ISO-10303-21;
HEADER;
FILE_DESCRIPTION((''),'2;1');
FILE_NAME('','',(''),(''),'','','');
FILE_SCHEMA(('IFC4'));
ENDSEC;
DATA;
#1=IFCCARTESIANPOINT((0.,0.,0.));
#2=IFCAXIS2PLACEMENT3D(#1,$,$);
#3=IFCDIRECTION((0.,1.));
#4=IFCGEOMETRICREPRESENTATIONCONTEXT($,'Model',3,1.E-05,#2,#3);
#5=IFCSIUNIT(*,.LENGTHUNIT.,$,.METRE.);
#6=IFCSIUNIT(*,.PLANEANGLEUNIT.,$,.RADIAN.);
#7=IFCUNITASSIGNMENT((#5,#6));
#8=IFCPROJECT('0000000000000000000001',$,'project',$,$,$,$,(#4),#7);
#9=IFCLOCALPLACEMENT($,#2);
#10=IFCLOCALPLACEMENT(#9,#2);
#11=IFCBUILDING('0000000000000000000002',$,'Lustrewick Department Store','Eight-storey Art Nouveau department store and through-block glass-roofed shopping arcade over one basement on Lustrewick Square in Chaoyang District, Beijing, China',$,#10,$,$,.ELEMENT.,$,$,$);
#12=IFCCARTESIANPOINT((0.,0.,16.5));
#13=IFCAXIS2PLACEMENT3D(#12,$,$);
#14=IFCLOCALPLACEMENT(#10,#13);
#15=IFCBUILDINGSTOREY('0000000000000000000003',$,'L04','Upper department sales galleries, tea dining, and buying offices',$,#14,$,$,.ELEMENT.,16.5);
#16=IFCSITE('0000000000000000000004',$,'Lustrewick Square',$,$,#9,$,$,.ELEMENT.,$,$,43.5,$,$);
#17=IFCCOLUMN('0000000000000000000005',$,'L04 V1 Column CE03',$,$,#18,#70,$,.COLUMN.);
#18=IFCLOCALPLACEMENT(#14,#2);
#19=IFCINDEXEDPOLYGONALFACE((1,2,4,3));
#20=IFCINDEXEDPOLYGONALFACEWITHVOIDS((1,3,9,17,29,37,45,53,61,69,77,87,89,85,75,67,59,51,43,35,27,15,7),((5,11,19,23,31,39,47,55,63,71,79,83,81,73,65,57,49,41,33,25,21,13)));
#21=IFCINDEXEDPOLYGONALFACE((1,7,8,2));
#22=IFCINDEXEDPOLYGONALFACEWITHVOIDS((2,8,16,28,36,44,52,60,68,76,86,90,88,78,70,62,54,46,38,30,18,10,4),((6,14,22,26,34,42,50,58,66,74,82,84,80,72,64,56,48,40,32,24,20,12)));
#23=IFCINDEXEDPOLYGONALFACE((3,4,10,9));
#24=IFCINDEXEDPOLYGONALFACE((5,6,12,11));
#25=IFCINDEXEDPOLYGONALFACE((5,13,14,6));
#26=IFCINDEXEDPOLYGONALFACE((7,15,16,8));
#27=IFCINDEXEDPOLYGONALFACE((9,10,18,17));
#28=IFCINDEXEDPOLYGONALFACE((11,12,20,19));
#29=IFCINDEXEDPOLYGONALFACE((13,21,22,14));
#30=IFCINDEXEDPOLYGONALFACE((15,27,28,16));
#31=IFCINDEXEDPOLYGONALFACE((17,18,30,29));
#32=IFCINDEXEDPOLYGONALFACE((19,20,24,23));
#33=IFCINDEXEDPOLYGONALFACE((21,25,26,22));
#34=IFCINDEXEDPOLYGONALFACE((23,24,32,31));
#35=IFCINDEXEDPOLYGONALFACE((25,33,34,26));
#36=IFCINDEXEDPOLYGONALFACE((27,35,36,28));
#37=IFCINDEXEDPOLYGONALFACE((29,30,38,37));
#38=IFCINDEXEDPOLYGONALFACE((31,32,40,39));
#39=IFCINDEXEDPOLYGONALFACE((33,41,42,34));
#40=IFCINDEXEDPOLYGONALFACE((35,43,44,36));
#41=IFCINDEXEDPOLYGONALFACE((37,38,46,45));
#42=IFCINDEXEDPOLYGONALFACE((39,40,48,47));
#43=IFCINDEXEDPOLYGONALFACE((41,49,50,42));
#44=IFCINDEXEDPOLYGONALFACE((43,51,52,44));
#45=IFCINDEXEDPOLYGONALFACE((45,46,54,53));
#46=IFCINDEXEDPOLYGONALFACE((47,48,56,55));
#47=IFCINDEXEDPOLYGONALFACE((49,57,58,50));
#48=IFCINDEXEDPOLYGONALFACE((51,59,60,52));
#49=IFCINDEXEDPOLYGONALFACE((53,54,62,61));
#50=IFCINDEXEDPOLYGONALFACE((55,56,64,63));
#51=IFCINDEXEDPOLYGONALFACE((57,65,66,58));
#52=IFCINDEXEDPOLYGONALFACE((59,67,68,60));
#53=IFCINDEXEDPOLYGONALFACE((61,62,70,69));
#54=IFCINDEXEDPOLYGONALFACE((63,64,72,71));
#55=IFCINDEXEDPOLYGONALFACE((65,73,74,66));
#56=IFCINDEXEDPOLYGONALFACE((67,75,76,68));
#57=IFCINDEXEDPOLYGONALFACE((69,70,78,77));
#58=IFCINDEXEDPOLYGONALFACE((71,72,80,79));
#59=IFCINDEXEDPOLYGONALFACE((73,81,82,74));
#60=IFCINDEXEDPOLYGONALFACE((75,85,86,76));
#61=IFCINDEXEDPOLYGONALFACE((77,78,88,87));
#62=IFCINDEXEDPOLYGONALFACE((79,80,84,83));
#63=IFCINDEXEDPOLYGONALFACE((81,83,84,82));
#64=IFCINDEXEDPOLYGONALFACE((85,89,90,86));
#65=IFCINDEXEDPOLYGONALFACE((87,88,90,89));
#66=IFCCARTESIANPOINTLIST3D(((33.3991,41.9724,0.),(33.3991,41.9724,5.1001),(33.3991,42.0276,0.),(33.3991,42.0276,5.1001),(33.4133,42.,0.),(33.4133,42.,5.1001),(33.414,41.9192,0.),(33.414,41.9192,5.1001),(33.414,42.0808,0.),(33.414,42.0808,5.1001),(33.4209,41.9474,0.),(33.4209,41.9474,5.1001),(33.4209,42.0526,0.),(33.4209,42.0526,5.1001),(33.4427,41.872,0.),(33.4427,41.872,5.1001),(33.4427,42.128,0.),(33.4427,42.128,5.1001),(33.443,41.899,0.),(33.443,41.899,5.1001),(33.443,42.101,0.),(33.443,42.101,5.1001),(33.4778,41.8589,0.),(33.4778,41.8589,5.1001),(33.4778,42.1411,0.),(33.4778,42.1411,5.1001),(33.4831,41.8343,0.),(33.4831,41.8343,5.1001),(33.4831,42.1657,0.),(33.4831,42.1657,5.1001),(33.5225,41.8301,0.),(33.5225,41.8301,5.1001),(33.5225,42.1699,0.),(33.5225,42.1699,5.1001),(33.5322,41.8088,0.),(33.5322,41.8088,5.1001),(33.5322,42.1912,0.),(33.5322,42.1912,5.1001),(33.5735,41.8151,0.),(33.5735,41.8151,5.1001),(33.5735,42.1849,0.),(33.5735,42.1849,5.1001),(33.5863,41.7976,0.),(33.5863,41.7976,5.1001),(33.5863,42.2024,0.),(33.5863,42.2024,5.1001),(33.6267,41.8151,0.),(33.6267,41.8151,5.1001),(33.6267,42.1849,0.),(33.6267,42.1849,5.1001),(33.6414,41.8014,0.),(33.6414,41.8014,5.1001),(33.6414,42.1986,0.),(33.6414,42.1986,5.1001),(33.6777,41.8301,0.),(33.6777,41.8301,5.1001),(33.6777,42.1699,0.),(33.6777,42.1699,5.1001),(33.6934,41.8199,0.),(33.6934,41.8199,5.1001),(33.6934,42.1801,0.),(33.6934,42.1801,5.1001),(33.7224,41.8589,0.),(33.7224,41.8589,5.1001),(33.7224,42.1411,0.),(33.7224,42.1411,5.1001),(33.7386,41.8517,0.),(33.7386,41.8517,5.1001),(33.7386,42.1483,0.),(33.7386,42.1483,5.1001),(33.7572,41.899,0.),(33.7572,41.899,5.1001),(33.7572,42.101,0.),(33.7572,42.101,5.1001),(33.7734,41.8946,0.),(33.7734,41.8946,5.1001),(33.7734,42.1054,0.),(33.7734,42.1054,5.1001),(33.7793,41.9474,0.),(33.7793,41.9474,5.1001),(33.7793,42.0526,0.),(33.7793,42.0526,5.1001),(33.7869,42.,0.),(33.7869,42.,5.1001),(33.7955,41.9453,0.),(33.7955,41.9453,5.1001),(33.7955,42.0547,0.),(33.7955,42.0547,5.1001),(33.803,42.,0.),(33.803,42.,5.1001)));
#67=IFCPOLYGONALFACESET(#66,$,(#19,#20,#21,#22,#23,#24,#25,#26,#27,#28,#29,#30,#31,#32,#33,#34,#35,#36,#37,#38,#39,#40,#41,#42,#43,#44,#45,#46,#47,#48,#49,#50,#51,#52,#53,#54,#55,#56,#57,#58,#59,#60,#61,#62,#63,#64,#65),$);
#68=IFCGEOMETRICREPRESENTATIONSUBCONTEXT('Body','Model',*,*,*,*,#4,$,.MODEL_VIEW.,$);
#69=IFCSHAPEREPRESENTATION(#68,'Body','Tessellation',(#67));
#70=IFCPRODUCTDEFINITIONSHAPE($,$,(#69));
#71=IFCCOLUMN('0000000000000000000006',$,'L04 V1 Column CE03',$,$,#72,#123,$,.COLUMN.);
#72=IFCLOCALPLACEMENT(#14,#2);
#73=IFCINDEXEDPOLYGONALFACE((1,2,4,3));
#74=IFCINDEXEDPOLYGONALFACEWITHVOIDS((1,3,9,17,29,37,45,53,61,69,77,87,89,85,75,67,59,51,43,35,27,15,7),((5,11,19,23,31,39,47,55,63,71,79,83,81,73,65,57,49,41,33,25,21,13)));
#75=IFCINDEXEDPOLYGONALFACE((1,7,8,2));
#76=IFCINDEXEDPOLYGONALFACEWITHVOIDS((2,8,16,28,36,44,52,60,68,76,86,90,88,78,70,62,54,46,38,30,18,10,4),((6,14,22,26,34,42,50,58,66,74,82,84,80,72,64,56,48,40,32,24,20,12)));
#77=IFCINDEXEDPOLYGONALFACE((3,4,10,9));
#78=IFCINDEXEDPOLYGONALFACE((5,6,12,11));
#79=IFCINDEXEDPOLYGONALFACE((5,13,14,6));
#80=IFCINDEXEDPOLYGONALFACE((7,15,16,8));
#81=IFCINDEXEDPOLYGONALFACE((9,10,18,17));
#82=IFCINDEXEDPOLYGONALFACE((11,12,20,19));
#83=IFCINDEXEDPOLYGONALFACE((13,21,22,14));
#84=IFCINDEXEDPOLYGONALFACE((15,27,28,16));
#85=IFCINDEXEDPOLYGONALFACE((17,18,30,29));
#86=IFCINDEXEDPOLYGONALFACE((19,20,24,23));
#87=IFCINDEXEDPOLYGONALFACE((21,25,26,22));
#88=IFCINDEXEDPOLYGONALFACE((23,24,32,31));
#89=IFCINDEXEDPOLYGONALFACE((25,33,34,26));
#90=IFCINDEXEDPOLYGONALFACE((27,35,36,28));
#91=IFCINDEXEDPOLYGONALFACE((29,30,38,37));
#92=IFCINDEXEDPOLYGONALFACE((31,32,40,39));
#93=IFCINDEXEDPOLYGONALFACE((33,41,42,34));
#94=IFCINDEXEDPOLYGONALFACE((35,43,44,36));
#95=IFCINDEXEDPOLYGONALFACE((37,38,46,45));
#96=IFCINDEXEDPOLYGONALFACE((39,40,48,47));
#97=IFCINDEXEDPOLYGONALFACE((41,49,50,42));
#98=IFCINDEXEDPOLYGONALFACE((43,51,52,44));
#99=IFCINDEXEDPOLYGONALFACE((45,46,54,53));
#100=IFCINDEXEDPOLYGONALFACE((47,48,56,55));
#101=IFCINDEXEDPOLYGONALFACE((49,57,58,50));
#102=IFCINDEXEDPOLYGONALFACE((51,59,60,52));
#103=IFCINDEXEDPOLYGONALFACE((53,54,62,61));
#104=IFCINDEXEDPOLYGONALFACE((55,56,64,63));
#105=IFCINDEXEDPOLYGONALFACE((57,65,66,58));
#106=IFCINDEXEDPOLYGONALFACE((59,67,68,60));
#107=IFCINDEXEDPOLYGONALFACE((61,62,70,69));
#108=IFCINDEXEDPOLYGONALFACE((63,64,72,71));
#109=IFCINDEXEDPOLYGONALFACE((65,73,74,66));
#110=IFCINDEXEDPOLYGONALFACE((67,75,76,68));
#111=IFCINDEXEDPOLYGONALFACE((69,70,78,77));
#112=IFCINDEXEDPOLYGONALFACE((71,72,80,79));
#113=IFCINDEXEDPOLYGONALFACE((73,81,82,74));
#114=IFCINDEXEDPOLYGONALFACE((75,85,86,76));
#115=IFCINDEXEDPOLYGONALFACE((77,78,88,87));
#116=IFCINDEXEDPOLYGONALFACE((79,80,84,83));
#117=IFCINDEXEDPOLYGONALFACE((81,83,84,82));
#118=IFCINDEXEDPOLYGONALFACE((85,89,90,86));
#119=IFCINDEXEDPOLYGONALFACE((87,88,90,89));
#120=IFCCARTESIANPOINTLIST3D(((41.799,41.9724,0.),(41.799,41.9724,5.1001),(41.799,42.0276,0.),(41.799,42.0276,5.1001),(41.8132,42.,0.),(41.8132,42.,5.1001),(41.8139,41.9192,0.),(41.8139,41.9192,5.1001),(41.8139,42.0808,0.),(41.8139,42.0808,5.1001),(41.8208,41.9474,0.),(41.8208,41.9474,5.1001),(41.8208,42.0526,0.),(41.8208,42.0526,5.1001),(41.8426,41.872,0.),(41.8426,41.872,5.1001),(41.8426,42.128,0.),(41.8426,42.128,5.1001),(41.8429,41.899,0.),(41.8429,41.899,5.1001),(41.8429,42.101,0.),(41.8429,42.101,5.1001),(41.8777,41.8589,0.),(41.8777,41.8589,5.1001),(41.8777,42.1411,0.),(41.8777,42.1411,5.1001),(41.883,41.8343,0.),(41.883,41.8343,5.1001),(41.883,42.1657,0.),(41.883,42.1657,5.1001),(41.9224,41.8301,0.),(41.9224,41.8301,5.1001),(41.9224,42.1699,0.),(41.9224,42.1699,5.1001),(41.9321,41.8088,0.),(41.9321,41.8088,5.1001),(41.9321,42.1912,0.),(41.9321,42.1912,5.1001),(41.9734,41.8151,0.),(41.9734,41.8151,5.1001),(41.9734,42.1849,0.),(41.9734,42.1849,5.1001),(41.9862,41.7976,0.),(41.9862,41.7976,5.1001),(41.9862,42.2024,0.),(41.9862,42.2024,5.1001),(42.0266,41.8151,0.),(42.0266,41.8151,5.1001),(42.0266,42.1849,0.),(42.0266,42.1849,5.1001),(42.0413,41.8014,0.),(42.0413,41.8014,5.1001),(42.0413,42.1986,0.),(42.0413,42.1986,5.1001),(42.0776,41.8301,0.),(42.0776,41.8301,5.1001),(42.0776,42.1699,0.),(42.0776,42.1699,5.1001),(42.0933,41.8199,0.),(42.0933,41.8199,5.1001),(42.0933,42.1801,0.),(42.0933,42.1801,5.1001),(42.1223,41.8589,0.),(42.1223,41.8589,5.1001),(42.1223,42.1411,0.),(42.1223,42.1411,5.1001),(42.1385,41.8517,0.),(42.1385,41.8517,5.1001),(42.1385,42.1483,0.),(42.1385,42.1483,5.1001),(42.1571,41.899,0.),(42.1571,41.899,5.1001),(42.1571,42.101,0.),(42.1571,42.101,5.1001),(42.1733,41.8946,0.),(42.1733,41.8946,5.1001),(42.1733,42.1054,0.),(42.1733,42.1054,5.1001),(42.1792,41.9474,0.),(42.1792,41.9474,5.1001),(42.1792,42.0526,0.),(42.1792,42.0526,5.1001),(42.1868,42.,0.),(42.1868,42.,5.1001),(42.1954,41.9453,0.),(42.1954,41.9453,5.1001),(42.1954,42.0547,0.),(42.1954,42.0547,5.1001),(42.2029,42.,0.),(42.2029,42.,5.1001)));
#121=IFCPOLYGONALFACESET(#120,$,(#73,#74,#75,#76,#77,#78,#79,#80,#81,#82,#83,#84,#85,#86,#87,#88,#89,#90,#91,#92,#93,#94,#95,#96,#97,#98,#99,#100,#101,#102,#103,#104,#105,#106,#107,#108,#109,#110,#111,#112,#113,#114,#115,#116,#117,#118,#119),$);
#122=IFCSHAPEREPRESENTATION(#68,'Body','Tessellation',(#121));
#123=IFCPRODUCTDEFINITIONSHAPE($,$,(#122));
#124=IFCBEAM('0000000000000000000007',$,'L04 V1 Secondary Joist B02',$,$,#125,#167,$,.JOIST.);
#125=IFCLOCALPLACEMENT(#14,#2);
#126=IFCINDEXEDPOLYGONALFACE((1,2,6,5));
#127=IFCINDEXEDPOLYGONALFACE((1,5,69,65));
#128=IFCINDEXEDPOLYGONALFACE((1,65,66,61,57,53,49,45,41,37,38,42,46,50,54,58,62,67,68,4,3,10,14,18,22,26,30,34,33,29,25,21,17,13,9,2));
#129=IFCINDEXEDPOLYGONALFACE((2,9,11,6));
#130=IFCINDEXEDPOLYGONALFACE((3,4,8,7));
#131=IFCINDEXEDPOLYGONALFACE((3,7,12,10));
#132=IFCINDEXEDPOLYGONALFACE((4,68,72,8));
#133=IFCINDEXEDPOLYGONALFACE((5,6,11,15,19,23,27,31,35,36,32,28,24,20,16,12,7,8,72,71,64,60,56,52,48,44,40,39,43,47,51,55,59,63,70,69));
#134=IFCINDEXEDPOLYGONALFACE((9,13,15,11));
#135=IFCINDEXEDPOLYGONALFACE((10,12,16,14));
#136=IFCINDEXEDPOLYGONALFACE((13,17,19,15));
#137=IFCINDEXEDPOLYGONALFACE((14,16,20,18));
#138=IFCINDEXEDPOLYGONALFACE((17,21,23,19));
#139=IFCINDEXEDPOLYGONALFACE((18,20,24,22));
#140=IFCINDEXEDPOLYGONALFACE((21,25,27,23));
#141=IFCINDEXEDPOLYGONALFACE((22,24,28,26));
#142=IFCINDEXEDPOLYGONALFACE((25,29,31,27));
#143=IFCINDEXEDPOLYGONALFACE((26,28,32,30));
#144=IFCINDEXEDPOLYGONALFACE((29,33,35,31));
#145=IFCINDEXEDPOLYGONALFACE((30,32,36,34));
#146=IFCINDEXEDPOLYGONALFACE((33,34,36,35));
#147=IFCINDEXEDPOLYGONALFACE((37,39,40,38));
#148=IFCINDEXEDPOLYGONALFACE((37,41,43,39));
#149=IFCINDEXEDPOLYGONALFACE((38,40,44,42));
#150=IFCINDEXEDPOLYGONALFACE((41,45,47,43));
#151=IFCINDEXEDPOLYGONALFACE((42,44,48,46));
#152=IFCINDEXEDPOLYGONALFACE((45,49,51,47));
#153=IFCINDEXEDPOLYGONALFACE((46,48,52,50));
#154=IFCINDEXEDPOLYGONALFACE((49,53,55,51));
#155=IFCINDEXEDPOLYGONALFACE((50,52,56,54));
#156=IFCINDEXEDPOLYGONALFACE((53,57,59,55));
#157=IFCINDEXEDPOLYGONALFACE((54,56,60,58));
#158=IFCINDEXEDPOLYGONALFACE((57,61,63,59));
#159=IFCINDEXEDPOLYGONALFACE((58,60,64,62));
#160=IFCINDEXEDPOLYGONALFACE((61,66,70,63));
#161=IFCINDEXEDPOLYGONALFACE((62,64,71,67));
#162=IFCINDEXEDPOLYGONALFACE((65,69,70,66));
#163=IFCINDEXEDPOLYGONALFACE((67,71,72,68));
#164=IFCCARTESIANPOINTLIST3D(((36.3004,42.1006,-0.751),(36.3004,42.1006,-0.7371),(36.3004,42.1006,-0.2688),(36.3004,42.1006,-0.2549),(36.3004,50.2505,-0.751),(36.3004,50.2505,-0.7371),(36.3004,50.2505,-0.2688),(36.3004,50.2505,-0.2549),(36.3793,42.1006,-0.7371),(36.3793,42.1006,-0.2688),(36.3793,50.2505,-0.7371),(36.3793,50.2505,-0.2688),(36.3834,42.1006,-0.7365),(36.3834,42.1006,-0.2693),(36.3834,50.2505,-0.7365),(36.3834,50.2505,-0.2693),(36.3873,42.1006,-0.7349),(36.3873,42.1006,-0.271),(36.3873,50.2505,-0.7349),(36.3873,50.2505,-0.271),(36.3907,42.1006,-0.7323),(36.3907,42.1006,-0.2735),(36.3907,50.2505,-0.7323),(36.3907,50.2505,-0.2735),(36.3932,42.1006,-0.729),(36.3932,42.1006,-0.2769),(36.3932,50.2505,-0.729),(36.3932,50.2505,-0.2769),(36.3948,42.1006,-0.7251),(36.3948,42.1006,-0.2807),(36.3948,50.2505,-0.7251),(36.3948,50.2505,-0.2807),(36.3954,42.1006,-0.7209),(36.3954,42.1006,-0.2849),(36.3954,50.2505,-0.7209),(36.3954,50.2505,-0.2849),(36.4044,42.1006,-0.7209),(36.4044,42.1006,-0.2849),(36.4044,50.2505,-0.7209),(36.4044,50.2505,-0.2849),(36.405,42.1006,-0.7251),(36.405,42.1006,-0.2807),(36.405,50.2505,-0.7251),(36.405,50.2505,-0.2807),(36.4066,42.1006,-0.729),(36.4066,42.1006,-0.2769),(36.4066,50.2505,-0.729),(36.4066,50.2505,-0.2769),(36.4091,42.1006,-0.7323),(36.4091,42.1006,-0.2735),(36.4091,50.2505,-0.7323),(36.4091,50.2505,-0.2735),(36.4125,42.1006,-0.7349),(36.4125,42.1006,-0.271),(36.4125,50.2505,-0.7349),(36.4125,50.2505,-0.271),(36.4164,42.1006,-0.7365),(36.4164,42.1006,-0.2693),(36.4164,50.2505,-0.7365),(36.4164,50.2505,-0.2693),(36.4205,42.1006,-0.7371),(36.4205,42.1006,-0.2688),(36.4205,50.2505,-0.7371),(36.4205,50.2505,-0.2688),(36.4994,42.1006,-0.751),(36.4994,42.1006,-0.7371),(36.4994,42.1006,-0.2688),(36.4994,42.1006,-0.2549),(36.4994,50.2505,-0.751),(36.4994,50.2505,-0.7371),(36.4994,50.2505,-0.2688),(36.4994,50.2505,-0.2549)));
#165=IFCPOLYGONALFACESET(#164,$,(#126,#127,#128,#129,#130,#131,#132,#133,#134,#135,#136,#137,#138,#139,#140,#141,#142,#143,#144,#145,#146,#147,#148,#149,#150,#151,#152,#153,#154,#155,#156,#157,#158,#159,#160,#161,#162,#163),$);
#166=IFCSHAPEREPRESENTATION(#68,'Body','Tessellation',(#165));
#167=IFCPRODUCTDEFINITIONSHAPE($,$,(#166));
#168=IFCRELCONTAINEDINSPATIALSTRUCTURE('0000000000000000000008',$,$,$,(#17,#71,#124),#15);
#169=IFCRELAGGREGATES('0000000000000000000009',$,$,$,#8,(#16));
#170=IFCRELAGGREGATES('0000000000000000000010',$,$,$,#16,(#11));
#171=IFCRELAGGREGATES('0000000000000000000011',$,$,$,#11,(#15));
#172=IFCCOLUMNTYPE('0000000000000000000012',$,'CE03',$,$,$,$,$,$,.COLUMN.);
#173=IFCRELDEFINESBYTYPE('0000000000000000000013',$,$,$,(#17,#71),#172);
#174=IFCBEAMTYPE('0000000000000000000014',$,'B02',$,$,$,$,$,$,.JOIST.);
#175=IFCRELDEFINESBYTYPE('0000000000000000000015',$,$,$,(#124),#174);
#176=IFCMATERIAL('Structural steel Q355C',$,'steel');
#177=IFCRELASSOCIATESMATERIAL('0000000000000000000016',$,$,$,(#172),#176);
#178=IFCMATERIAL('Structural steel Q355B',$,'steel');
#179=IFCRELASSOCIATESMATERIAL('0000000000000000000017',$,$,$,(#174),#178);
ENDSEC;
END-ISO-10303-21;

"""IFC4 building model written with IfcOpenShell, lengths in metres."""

from ifc_helpers import new_model, si_unit, direction, frame, origin, origin_2d, place, context, subcontext, project, spatial, hollow_circle, i_section, extrude, material, material_profile, profile_set, type_object, element, save


model = new_model("IFC4")

# Units and contexts
model_context = context("Model", 3, precision=1e-05, world=origin(), true_north=direction((0.0, 1.0)))
body_context = subcontext(model_context, "Body", "Model", "MODEL_VIEW")
ifc_project = project(units=[si_unit("LENGTHUNIT", "METRE"), si_unit("PLANEANGLEUNIT", "RADIAN")], contexts=[model_context])

# Site, building, storey
site_placement = place(None, origin())
site = spatial("IfcSite", under=ifc_project, at=site_placement, Name="Lustrewick Square", CompositionType="ELEMENT", RefElevation=43.5)
building_placement = place(site_placement, origin())
building = spatial("IfcBuilding", under=site, at=building_placement, Name="Lustrewick Department Store", Description="Eight-storey Art Nouveau department store and through-block glass-roofed shopping arcade over one basement on Lustrewick Square in Chaoyang District, Beijing, China", CompositionType="ELEMENT")
storey_placement = place(building_placement, frame((0.0, 0.0, 16.5)))
storey = spatial("IfcBuildingStorey", under=building, at=storey_placement, Name="L04", Description="Upper department sales galleries, tea dining, and buying offices", CompositionType="ELEMENT", Elevation=16.5)

# Columns
ifc_material_1 = material(Name="Structural steel Q355B", Category="steel")
ifc_material_2 = material(Name="Structural steel Q355C", Category="steel")
ifc_material_profile_1 = material_profile(ifc_material_2, hollow_circle(Radius=0.2029, WallThickness=0.0161, at=origin_2d()), Name="CHS 406x16")
ifc_profile_set_1 = profile_set([ifc_material_profile_1], Name="Structural steel Q355C")
column_type_1 = type_object("IfcColumnType", Name="CE03", PredefinedType="COLUMN", material=ifc_profile_set_1)
for number, where, z_axis, x_axis, name in (
    (1, (33.6001, 42.0, 0.0), (0.0, 0.0, 1.0), (1.0, 0.0, 0.0), "L04 V1 Column CE03"),
    (2, (42.0, 42.0, 0.0), (0.0, 0.0, 1.0), (1.0, 0.0, 0.0), "L04 V1 Column CE03"),
):
    element("IfcColumn", number, at=place(storey_placement, frame(where, z_axis=z_axis, x_axis=x_axis)), inside=storey, type_object=column_type_1, Name=name, PredefinedType="COLUMN", context=body_context, shape_type="SweptSolid", body=[
        extrude(hollow_circle(Radius=0.2029, WallThickness=0.0161, at=origin_2d()), origin(), (0.0, 0.0, 1.0), 5.1001),
    ])

# Beam
ifc_material_profile_2 = material_profile(ifc_material_1, i_section(OverallWidth=0.199, OverallDepth=0.4961, WebThickness=0.009, FlangeThickness=0.0139, FilletRadius=0.0161, at=origin_2d()), Name="HN 496x199x9x14")
ifc_profile_set_2 = profile_set([ifc_material_profile_2], Name="Structural steel Q355B")
beam_type_1 = type_object("IfcBeamType", Name="B02", PredefinedType="JOIST", material=ifc_profile_set_2)
beam_1_placement = place(storey_placement, frame((36.3999, 42.1006, -0.5029), z_axis=(0.0, 1.0, 0.0), x_axis=(-1.0, 0.0, 0.0)))
element("IfcBeam", 3, at=beam_1_placement, inside=storey, type_object=beam_type_1, Name="L04 V1 Secondary Joist B02", PredefinedType="JOIST", context=body_context, shape_type="SweptSolid", body=[
    extrude(i_section(OverallWidth=0.199, OverallDepth=0.4961, WebThickness=0.009, FlangeThickness=0.0139, FilletRadius=0.0161, at=origin_2d()), origin(), (0.0, 0.0, 1.0), 8.1499),
])

save(model, "model.ifc")
